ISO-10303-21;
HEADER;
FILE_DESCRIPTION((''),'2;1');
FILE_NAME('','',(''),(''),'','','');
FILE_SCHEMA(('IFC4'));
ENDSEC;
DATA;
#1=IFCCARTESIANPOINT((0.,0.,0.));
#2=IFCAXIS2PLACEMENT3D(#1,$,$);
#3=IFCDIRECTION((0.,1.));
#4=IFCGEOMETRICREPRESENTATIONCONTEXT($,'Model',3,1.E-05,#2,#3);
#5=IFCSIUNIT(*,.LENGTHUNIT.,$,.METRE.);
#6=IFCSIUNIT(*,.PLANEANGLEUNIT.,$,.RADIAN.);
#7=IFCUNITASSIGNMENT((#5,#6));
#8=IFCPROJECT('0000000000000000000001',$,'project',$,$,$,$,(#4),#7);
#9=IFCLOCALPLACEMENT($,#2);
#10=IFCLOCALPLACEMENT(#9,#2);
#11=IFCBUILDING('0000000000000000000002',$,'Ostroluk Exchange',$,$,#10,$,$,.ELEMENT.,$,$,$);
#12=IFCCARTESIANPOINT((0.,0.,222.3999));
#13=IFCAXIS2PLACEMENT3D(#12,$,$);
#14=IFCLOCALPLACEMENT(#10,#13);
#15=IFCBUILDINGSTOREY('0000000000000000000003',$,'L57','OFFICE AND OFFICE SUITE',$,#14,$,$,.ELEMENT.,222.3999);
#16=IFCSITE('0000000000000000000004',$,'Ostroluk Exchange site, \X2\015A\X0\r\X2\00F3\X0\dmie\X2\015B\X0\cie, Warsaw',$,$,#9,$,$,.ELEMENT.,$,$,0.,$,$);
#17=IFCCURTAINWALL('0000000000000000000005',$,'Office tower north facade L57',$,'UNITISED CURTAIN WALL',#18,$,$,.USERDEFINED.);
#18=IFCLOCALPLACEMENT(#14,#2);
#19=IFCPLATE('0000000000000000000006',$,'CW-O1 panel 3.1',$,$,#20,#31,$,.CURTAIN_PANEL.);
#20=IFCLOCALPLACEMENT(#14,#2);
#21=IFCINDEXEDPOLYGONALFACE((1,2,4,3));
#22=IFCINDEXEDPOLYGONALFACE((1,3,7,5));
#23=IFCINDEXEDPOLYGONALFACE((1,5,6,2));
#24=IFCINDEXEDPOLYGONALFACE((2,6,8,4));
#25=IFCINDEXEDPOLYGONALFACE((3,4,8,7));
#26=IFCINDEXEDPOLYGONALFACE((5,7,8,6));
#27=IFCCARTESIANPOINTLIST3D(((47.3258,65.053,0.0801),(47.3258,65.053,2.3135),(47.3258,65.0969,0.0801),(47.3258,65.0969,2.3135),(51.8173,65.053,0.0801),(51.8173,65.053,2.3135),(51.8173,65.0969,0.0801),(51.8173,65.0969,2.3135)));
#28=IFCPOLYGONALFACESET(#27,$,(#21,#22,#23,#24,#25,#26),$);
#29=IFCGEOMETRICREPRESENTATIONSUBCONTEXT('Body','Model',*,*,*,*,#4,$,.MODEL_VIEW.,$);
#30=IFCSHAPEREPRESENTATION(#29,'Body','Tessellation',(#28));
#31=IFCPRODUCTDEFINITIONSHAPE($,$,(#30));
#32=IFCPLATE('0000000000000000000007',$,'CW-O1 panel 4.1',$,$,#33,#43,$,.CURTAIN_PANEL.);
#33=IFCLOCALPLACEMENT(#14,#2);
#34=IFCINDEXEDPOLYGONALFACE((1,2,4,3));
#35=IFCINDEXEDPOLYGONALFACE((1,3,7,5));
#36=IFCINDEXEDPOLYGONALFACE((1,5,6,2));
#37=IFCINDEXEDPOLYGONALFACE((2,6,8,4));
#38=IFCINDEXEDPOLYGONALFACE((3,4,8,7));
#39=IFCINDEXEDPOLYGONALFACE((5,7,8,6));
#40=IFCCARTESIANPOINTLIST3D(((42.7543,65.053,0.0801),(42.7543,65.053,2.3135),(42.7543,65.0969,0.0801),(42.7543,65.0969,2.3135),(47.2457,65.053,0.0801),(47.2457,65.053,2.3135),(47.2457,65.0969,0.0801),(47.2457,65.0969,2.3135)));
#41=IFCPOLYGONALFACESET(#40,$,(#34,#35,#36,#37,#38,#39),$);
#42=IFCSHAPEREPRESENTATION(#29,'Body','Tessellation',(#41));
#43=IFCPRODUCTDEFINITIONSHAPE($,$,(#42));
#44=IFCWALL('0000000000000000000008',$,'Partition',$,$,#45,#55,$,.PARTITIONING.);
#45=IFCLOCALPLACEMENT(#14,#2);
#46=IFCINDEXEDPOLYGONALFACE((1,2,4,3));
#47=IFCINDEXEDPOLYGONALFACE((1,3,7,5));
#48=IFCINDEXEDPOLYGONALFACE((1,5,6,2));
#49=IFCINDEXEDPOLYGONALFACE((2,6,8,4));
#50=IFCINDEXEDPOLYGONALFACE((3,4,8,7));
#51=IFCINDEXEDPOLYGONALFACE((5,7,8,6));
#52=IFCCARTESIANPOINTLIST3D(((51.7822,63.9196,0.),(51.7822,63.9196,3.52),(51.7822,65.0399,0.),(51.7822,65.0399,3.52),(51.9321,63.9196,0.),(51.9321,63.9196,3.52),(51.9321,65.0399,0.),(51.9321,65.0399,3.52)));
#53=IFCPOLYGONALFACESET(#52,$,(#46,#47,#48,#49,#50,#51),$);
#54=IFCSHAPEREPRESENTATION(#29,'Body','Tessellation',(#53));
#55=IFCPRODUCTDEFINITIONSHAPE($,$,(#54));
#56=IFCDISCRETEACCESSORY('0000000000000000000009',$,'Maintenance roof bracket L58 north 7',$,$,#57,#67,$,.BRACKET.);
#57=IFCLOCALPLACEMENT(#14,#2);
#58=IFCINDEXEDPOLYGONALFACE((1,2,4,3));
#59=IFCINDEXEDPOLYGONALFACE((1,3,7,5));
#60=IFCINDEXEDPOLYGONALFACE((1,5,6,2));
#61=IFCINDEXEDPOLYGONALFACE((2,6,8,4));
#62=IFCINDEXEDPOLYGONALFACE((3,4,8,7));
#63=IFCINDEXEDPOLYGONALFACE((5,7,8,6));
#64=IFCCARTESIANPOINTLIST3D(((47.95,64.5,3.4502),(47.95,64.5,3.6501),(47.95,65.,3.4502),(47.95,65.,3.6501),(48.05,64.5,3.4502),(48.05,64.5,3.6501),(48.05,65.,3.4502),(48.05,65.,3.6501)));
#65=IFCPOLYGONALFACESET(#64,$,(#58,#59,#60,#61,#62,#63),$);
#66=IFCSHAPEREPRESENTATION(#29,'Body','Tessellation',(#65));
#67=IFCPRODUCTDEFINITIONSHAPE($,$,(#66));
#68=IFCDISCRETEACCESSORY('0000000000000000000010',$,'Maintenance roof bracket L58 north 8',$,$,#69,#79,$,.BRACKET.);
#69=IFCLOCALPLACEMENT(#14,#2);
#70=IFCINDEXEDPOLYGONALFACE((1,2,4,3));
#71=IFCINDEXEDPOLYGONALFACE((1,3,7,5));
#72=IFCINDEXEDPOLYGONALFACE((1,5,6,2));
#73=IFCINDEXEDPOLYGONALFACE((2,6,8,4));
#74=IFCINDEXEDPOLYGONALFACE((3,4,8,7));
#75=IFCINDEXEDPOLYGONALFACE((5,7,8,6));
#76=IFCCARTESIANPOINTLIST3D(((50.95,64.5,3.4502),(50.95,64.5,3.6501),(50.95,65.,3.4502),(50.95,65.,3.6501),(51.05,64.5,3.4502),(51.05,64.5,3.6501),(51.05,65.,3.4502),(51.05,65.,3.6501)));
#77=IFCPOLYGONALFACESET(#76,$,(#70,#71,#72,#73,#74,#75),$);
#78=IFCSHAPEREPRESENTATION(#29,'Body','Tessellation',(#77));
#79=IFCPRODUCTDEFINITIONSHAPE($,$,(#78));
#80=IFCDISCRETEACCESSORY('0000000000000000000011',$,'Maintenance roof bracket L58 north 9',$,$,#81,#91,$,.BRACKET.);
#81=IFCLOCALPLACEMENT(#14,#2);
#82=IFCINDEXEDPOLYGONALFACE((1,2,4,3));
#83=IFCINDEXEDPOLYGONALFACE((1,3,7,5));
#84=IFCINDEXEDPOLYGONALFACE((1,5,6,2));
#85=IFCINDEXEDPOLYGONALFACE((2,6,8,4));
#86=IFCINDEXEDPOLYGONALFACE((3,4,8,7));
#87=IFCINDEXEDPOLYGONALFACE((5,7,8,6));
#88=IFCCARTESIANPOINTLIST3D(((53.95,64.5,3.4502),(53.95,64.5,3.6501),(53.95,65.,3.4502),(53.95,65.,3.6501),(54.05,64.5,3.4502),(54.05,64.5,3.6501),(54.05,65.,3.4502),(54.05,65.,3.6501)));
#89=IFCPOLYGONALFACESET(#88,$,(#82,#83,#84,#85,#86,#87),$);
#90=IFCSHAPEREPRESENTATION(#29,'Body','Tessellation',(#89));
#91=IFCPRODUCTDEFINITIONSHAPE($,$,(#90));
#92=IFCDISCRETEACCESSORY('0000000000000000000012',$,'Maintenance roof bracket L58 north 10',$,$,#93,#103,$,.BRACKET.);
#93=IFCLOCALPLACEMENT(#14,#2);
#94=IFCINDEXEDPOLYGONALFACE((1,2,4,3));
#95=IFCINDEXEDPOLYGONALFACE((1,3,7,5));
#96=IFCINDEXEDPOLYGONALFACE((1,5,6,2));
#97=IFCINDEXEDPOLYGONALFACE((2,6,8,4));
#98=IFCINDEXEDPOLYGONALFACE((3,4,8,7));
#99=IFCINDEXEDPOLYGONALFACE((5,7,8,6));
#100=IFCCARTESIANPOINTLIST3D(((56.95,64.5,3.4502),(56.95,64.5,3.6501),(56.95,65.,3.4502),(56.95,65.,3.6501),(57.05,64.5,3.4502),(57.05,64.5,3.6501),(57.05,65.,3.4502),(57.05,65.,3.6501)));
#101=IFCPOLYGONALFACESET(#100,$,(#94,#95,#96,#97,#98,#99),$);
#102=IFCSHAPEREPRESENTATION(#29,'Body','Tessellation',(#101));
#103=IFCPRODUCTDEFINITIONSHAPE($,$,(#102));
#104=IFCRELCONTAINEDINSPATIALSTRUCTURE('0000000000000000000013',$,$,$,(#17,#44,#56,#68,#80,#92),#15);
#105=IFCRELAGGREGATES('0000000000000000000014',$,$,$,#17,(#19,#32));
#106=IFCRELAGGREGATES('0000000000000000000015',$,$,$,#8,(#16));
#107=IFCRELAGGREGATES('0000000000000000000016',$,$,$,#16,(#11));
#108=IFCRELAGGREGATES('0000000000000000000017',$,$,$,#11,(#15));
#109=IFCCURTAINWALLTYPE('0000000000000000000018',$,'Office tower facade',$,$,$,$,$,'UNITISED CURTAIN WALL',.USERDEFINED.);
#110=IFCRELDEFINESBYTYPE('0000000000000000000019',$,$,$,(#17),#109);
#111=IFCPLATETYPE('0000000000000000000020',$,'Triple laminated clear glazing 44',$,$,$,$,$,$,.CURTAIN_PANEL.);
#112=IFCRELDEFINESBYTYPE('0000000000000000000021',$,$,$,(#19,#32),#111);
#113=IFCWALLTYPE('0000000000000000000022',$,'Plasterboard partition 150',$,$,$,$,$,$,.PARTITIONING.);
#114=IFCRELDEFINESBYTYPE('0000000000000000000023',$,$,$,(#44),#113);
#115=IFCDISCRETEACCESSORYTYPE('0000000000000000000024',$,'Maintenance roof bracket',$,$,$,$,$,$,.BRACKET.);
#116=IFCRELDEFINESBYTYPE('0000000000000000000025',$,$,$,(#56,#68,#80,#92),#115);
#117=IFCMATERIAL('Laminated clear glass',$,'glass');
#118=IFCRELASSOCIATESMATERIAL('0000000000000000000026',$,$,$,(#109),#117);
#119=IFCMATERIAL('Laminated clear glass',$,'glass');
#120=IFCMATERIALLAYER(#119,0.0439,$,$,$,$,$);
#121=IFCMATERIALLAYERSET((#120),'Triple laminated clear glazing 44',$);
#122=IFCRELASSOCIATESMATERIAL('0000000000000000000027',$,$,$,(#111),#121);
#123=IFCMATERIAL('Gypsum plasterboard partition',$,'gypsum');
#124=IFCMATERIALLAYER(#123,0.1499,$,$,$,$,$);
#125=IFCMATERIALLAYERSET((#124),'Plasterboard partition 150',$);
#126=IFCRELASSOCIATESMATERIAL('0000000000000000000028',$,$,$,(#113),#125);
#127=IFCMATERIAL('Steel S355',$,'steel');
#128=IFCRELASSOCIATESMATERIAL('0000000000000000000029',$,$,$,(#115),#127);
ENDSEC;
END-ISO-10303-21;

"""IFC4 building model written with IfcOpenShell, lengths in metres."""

from ifc_helpers import new_model, si_unit, direction, frame, frame_2d, origin, origin_2d, place, context, subcontext, project, spatial, rectangle, extrude, material, layer, layer_set, type_object, element, aggregate, save


model = new_model("IFC4")

# Units and contexts
model_context = context("Model", 3, precision=1e-05, world=origin(), true_north=direction((0.0, 1.0)))
body_context = subcontext(model_context, "Body", "Model", "MODEL_VIEW")
ifc_project = project(units=[si_unit("LENGTHUNIT", "METRE"), si_unit("PLANEANGLEUNIT", "RADIAN")], contexts=[model_context])

# Site, building, storey
site_placement = place(None, origin())
site = spatial("IfcSite", under=ifc_project, at=site_placement, Name="Ostroluk Exchange site, Śródmieście, Warsaw", CompositionType="ELEMENT", RefElevation=0.0)
building_placement = place(site_placement, origin())
building = spatial("IfcBuilding", under=site, at=building_placement, Name="Ostroluk Exchange", CompositionType="ELEMENT")
storey_placement = place(building_placement, frame((0.0, 0.0, 222.3999)))
storey = spatial("IfcBuildingStorey", under=building, at=storey_placement, Name="L57", Description="OFFICE AND OFFICE SUITE", CompositionType="ELEMENT", Elevation=222.3999)

# Curtain wall
ifc_material_1 = material(Name="Laminated clear glass", Category="glass")
curtain_wall_type = type_object("IfcCurtainWallType", Name="Office tower facade", ElementType="UNITISED CURTAIN WALL", PredefinedType="USERDEFINED", material=ifc_material_1)
curtain_wall_1_placement = place(storey_placement, origin())
curtain_wall_1 = element("IfcCurtainWall", 1, at=curtain_wall_1_placement, inside=storey, type_object=curtain_wall_type, Name="Office tower north facade L57", ObjectType="UNITISED CURTAIN WALL", PredefinedType="USERDEFINED")

# Plates
ifc_material_2 = material(Name="Laminated clear glass", Category="glass")
ifc_layer_1 = layer(ifc_material_2, 0.0439)
ifc_layer_set_1 = layer_set([ifc_layer_1], Name="Triple laminated clear glazing 44")
plate_type_1 = type_object("IfcPlateType", Name="Triple laminated clear glazing 44", PredefinedType="CURTAIN_PANEL", material=ifc_layer_set_1)
plate_1_placement = place(storey_placement, frame((49.5715, 65.075, 0.0801), z_axis=(0.0, 0.0, 1.0), x_axis=(-1.0, 0.0, 0.0)))
plate_1 = element("IfcPlate", 2, at=plate_1_placement, type_object=plate_type_1, Name="CW-O1 panel 3.1", PredefinedType="CURTAIN_PANEL", context=body_context, shape_type="SweptSolid", body=[
    extrude(rectangle(XDim=4.4915, YDim=0.0439, at=origin_2d()), origin(), (0.0, 0.0, 1.0), 2.2334),
])
plate_2_placement = place(storey_placement, frame((45.0, 65.075, 0.0801), z_axis=(0.0, 0.0, 1.0), x_axis=(-1.0, 0.0, 0.0)))
plate_2 = element("IfcPlate", 3, at=plate_2_placement, type_object=plate_type_1, Name="CW-O1 panel 4.1", PredefinedType="CURTAIN_PANEL", context=body_context, shape_type="SweptSolid", body=[
    extrude(rectangle(XDim=4.4915, YDim=0.0439, at=origin_2d()), origin(), (0.0, 0.0, 1.0), 2.2334),
])
aggregate(curtain_wall_1, [plate_1, plate_2])

# Wall
ifc_material_3 = material(Name="Gypsum plasterboard partition", Category="gypsum")
ifc_layer_2 = layer(ifc_material_3, 0.1499)
ifc_layer_set_2 = layer_set([ifc_layer_2], Name="Plasterboard partition 150")
wall_type = type_object("IfcWallType", Name="Plasterboard partition 150", PredefinedType="PARTITIONING", material=ifc_layer_set_2)
wall_placement = place(storey_placement, frame((51.8572, 63.9197, 0.0), z_axis=(0.0, 0.0, 1.0), x_axis=(0.0, 1.0, 0.0)))
element("IfcWall", 4, at=wall_placement, inside=storey, type_object=wall_type, Name="Partition", PredefinedType="PARTITIONING", context=body_context, shape_type="SweptSolid", body=[
    extrude(rectangle(XDim=1.1204, YDim=0.1499, at=frame_2d((0.5601, 0.0))), origin(), (0.0, 0.0, 1.0), 3.52),
])

# Discrete accessories
ifc_material_4 = material(Name="Steel S355", Category="steel")
discrete_accessory_type = type_object("IfcDiscreteAccessoryType", Name="Maintenance roof bracket", PredefinedType="BRACKET", material=ifc_material_4)
for number, where, z_axis, x_axis, name in (
    (5, (48.0, 64.75, 3.4502), (0.0, 0.0, 1.0), (1.0, 0.0, 0.0), "Maintenance roof bracket L58 north 7"),
    (6, (51.0, 64.75, 3.4502), (0.0, 0.0, 1.0), (1.0, 0.0, 0.0), "Maintenance roof bracket L58 north 8"),
    (7, (54.0, 64.75, 3.4502), (0.0, 0.0, 1.0), (1.0, 0.0, 0.0), "Maintenance roof bracket L58 north 9"),
    (8, (57.0, 64.75, 3.4502), (0.0, 0.0, 1.0), (1.0, 0.0, 0.0), "Maintenance roof bracket L58 north 10"),
):
    element("IfcDiscreteAccessory", number, at=place(storey_placement, frame(where, z_axis=z_axis, x_axis=x_axis)), inside=storey, type_object=discrete_accessory_type, Name=name, PredefinedType="BRACKET", context=body_context, shape_type="SweptSolid", body=[
        extrude(rectangle(XDim=0.1001, YDim=0.5, at=origin_2d()), origin(), (0.0, 0.0, 1.0), 0.2),
    ])

save(model, "model.ifc")
